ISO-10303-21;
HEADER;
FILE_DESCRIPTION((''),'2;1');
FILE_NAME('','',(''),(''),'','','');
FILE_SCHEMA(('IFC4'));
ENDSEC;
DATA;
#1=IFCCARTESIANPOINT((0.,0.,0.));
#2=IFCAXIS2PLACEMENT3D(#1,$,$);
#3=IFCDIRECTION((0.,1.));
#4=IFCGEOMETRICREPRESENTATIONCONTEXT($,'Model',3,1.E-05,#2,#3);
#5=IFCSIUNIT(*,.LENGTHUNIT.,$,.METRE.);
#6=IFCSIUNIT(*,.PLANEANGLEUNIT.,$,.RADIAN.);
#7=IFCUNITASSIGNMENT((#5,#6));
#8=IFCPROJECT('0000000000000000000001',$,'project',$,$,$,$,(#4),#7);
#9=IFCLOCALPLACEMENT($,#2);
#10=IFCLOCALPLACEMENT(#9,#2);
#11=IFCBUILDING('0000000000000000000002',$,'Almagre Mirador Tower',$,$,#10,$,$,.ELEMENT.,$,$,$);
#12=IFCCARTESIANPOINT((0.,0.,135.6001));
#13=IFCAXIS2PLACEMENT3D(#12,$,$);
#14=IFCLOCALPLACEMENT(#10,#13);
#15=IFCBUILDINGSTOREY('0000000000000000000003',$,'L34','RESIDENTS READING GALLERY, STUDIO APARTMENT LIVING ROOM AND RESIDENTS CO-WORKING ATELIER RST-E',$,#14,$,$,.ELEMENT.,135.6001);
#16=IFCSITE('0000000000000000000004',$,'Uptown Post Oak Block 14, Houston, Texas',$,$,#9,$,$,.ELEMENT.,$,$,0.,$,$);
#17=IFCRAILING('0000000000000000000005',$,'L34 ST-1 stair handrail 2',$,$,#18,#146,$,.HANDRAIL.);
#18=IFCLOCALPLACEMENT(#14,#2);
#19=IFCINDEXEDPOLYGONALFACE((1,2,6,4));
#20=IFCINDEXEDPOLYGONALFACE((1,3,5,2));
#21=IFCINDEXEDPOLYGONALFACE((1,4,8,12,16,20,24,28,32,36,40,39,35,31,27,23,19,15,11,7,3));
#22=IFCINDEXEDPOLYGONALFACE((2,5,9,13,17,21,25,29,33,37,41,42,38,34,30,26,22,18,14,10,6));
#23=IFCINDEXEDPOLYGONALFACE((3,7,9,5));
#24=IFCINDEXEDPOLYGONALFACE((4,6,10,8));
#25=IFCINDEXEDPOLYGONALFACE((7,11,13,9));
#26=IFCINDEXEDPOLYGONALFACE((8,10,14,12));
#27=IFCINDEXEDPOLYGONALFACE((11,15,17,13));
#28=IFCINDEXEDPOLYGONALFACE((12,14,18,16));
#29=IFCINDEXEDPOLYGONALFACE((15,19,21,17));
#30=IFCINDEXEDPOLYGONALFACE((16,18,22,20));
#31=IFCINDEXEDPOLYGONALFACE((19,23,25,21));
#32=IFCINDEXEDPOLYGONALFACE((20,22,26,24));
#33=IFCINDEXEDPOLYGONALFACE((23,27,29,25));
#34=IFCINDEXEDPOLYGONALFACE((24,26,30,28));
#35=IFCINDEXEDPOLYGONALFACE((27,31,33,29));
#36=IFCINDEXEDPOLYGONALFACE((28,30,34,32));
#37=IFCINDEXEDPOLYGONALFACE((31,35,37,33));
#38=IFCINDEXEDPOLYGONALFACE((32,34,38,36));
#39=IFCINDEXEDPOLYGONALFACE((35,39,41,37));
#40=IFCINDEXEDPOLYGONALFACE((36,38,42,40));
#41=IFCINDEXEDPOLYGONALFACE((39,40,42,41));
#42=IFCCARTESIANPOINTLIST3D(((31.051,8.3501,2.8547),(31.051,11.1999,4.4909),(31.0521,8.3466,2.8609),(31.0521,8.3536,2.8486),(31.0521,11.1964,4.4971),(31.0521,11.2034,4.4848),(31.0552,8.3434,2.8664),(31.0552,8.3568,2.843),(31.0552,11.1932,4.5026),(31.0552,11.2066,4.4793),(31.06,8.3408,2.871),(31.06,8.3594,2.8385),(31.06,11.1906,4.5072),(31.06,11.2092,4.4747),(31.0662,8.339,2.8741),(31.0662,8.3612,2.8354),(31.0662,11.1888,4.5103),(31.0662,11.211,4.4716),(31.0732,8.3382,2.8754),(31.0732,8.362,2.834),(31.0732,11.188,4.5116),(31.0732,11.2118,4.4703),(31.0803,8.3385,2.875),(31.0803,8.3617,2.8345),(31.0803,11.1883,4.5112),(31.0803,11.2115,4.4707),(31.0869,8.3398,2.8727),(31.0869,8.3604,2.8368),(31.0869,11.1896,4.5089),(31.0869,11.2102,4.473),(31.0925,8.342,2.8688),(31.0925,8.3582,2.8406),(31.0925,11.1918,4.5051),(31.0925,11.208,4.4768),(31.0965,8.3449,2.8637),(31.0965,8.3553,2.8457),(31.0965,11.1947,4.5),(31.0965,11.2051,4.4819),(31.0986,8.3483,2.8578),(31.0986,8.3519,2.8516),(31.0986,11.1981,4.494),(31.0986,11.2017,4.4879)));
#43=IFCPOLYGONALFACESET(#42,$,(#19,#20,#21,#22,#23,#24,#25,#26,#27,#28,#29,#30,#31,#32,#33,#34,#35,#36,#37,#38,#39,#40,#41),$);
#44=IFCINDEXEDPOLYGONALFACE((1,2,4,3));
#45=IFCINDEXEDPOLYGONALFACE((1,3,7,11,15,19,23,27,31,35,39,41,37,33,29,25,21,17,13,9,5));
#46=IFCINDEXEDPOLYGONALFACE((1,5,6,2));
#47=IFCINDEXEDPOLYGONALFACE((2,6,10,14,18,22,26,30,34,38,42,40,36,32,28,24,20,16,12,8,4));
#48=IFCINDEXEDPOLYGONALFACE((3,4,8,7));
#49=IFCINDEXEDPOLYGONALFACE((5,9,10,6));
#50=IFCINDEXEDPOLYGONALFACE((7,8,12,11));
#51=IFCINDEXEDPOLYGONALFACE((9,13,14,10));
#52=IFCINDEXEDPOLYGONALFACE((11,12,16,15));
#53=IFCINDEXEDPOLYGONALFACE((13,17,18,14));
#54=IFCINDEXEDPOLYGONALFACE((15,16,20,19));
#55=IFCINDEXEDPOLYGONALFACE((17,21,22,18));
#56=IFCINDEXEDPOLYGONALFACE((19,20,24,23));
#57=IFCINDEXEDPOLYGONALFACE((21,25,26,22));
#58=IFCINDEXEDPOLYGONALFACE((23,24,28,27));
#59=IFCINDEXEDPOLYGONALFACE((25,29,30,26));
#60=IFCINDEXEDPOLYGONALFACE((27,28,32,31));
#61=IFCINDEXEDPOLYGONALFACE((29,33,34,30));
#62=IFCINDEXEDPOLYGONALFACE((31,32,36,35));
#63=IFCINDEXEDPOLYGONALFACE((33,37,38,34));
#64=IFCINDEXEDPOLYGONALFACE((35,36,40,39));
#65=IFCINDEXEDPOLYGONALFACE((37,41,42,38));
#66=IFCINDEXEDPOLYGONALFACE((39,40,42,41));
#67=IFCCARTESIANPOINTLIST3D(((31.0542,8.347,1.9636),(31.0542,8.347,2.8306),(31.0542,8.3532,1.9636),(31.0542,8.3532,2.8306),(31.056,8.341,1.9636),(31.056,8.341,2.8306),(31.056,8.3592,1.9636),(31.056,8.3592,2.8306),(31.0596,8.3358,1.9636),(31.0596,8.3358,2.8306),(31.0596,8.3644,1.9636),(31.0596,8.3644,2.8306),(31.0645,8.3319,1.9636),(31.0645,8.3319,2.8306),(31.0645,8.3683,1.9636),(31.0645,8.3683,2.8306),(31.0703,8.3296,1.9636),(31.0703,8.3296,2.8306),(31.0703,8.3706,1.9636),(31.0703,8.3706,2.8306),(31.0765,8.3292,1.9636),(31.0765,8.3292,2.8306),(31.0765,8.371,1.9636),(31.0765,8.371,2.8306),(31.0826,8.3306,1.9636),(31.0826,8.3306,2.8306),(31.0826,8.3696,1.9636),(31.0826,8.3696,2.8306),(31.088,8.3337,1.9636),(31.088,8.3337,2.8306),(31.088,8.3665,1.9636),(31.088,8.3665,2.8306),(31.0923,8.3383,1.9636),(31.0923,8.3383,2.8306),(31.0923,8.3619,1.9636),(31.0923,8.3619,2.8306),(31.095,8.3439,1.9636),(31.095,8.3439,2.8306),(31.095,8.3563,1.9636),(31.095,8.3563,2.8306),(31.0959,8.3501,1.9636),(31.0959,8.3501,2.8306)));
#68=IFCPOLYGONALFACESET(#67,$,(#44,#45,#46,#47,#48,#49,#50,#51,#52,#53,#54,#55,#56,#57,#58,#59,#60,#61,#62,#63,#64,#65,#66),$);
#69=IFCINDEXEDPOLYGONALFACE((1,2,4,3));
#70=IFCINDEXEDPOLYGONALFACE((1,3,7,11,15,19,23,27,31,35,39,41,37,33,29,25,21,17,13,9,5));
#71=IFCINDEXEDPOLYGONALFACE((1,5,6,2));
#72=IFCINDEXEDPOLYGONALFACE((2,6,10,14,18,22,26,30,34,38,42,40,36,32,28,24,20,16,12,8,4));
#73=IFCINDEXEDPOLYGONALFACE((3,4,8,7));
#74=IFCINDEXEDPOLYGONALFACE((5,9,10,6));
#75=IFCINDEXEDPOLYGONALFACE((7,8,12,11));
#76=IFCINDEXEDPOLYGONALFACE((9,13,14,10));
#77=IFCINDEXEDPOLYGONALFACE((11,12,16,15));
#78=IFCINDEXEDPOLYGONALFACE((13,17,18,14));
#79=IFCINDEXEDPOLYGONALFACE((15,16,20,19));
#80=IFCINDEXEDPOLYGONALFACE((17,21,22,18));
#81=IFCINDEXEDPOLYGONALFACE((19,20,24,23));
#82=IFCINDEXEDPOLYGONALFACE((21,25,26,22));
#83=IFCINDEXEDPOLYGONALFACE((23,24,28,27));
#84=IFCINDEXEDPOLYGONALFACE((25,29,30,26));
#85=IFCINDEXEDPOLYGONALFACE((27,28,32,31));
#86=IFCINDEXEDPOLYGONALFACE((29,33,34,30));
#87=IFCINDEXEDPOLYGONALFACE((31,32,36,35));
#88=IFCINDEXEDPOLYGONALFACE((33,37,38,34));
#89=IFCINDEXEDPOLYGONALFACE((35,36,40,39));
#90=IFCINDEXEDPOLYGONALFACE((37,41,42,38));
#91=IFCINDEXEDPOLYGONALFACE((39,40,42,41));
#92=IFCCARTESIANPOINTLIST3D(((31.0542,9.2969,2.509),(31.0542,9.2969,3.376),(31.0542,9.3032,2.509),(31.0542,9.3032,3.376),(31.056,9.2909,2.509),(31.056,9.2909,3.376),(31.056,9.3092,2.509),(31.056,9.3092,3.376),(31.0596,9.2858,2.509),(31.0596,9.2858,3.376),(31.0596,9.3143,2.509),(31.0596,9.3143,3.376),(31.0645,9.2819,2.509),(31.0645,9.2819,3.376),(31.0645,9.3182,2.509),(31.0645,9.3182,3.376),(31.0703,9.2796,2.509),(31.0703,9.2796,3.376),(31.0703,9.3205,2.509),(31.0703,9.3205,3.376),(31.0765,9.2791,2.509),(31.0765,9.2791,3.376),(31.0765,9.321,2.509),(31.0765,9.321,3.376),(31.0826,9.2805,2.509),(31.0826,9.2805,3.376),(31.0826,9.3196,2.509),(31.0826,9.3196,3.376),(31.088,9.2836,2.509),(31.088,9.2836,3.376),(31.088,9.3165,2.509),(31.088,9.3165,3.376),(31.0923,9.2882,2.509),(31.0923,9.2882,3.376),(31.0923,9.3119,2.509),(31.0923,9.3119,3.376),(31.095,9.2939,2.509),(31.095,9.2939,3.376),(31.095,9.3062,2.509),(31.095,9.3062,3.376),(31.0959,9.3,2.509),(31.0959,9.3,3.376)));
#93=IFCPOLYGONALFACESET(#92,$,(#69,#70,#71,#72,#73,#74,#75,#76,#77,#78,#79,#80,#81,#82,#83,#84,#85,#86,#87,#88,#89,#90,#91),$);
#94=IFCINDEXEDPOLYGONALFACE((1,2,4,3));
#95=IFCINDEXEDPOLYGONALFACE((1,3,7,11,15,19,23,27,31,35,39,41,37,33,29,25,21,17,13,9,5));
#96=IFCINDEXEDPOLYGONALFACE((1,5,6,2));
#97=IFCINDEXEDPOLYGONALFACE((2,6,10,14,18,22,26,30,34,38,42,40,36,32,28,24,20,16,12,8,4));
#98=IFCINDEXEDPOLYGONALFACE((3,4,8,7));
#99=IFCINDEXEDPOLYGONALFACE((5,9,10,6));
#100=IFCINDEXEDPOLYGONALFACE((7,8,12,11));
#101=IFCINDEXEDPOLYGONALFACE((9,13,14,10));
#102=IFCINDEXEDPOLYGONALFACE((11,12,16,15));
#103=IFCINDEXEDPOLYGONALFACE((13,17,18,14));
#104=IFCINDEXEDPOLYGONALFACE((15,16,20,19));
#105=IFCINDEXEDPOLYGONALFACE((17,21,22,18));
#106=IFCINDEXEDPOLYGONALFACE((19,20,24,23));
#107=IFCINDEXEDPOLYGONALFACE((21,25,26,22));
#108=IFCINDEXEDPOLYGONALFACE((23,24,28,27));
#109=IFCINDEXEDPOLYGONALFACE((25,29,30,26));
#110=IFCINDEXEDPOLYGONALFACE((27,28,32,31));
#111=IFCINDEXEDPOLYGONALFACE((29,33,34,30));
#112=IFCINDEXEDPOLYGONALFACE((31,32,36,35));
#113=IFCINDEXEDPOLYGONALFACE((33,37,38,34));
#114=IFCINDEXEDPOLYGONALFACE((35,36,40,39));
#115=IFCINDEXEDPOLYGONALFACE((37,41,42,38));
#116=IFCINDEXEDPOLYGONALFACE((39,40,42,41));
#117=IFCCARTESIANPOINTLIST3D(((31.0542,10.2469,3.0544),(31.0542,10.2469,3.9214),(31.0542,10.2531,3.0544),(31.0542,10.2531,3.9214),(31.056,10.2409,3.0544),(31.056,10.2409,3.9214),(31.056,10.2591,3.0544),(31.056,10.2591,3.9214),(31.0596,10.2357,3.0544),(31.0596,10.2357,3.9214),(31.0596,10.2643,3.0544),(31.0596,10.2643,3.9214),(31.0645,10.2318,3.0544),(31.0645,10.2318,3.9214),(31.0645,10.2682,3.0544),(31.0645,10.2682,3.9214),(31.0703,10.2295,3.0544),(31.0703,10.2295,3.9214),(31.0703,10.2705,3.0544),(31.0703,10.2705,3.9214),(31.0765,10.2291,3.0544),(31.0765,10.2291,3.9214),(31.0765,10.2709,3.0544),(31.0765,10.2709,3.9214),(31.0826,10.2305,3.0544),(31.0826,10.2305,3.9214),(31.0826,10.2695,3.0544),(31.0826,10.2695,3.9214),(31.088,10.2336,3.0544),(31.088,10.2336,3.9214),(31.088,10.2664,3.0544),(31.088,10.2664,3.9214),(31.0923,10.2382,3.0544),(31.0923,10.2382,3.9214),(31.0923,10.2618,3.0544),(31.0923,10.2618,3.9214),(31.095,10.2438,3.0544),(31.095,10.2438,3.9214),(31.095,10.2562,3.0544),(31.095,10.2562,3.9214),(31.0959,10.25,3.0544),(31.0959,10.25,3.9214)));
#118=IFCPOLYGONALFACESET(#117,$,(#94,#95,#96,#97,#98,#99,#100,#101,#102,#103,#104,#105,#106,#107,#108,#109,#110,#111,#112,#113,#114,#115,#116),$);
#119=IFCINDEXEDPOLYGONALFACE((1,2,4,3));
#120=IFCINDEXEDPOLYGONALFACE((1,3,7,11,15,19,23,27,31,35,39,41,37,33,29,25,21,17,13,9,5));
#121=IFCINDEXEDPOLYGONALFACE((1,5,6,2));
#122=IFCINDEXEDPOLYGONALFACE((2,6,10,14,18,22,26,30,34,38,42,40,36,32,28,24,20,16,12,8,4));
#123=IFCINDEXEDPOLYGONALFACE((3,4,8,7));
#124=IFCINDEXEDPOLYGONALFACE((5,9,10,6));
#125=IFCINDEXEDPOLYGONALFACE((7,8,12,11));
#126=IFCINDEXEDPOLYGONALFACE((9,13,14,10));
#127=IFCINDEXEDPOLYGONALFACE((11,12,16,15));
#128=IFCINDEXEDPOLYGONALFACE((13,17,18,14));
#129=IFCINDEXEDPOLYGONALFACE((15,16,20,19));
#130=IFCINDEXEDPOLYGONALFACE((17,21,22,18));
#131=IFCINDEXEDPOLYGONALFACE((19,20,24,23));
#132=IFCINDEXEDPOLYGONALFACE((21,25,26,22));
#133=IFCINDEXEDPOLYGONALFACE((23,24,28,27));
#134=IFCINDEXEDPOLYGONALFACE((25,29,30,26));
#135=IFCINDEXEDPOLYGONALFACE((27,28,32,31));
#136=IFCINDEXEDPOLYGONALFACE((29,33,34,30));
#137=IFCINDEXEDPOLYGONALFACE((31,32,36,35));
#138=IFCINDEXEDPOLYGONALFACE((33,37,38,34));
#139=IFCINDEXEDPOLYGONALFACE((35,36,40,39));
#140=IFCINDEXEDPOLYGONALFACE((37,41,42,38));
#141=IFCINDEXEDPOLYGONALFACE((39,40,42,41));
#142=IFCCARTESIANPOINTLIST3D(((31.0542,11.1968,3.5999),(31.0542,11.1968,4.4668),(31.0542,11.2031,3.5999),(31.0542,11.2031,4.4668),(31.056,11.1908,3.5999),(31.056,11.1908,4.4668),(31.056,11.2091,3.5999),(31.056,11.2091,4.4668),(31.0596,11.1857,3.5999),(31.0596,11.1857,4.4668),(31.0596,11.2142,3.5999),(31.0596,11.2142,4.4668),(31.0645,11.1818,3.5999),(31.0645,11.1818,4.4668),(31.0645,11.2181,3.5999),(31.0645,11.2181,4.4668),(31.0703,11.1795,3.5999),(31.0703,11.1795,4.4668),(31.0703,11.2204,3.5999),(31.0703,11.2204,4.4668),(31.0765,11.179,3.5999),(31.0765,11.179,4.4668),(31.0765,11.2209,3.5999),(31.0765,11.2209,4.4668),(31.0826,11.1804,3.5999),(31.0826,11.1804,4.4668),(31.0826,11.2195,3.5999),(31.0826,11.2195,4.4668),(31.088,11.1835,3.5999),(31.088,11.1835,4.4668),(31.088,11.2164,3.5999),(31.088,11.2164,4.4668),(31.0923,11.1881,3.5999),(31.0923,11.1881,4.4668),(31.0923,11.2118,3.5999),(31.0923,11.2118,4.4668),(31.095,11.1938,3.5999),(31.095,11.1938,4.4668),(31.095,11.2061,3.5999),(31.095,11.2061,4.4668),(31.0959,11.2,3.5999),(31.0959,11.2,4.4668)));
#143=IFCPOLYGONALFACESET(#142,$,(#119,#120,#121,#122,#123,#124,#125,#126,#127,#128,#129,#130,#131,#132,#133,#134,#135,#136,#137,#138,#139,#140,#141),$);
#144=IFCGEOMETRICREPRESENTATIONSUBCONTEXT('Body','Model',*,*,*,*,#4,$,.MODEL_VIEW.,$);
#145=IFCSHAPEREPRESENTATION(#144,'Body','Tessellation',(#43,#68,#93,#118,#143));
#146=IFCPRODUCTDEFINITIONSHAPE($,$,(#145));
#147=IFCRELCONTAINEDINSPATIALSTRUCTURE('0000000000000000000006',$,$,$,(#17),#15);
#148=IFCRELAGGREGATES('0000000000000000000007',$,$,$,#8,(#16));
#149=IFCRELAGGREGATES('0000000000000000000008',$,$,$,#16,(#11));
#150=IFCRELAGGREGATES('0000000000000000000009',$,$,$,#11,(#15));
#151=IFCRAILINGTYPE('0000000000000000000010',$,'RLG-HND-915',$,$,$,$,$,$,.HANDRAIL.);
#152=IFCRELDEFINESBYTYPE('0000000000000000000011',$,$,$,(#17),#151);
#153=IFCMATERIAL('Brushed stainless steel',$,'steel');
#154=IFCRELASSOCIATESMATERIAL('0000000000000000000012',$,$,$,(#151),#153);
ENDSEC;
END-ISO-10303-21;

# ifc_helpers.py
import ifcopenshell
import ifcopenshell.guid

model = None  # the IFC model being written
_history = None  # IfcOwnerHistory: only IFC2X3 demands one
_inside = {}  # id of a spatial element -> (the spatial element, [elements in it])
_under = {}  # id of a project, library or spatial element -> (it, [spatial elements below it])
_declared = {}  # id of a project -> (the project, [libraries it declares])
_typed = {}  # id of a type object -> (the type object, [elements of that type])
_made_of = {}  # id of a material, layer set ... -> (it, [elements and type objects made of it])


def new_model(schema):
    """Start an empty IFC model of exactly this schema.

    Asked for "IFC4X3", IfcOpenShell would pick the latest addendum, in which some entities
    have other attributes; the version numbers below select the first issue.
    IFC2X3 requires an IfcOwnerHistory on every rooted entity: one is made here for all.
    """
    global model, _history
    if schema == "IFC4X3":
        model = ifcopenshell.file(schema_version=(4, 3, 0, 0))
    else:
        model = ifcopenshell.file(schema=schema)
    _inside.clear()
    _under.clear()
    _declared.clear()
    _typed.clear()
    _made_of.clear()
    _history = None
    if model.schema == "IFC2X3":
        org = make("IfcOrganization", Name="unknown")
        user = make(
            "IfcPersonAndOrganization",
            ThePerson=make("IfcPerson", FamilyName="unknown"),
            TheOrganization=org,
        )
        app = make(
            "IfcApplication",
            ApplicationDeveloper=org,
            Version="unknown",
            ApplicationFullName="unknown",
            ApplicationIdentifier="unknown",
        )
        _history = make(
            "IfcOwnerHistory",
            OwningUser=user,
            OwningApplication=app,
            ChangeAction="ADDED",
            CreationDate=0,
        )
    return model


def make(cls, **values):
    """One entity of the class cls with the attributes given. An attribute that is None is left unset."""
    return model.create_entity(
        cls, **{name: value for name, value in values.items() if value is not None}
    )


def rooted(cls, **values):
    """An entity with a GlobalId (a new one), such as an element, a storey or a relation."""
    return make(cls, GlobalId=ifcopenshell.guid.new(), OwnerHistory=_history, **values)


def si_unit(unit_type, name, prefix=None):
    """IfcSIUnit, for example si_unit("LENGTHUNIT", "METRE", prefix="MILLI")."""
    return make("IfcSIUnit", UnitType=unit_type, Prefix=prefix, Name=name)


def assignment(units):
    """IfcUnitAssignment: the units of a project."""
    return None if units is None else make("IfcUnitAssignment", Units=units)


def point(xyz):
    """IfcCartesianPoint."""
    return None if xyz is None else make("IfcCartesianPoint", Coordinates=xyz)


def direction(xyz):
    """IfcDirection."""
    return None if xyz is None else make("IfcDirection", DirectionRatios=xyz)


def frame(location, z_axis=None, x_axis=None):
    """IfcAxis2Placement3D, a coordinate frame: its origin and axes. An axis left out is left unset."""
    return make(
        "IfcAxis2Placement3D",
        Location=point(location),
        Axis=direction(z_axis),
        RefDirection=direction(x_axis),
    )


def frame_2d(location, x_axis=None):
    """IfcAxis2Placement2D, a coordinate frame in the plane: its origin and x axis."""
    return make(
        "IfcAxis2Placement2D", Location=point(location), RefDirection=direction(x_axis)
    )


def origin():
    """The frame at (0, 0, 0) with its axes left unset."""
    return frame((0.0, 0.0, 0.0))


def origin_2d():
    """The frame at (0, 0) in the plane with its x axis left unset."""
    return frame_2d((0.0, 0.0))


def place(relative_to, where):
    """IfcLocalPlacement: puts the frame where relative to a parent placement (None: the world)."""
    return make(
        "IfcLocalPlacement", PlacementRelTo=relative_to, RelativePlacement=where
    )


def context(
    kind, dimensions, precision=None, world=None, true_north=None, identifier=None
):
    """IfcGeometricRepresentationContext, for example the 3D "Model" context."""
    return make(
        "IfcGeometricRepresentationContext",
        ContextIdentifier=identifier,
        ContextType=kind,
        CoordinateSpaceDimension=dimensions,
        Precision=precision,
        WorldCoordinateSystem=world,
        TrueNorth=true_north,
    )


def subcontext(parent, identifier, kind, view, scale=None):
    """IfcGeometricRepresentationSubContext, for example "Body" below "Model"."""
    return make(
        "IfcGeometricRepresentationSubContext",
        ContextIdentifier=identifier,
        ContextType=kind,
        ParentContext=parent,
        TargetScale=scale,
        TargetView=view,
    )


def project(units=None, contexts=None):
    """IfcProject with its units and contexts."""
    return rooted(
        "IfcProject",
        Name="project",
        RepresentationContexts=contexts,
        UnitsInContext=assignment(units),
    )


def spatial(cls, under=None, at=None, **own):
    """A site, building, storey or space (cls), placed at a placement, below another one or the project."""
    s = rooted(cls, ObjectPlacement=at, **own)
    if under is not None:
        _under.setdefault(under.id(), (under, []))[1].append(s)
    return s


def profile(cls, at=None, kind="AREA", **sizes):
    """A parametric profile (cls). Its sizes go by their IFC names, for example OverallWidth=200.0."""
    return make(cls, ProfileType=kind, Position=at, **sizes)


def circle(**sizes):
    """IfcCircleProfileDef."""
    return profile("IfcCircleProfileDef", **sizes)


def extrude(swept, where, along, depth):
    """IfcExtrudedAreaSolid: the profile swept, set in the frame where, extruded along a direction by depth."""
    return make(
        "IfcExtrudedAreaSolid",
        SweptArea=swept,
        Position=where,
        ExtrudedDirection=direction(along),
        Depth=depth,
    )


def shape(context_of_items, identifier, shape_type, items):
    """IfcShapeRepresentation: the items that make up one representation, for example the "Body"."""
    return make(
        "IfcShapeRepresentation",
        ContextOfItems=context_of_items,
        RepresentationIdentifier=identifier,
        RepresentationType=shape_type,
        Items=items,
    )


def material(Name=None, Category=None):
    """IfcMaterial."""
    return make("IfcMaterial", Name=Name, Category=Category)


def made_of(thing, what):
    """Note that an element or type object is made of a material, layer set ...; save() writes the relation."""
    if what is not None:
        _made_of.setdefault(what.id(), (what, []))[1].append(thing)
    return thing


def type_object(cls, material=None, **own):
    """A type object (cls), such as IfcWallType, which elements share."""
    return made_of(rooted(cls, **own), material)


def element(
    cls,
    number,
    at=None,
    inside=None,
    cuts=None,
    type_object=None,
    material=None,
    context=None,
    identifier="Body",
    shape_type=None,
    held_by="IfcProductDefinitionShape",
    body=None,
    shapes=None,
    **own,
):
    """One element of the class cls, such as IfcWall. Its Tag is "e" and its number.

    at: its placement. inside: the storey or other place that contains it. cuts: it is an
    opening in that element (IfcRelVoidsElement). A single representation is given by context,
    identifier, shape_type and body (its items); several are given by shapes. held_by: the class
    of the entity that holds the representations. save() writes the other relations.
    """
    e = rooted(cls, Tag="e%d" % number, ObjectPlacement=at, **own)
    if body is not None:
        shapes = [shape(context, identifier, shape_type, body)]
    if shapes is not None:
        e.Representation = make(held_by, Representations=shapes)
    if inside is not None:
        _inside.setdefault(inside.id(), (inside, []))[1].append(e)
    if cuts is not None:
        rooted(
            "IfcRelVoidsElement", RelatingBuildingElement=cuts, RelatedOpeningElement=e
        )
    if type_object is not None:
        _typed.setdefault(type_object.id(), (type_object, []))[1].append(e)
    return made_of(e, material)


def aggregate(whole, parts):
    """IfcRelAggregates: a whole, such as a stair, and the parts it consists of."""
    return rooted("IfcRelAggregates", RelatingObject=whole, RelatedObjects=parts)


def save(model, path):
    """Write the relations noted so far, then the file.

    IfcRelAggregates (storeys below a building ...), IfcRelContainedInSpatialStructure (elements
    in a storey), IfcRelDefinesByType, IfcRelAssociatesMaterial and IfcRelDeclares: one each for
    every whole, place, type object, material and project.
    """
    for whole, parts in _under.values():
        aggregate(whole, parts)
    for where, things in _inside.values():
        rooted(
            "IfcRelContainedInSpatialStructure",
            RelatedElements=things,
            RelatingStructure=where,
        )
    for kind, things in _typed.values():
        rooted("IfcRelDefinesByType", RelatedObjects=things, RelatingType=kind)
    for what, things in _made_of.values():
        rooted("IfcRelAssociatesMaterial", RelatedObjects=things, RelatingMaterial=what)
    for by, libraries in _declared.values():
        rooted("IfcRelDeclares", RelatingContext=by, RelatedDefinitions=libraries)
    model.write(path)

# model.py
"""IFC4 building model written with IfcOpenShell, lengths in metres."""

from ifc_helpers import new_model, si_unit, direction, frame, origin, origin_2d, place, context, subcontext, project, spatial, circle, extrude, material, type_object, element, save


model = new_model("IFC4")

# Units and contexts
model_context = context("Model", 3, precision=1e-05, world=origin(), true_north=direction((0.0, 1.0)))
body_context = subcontext(model_context, "Body", "Model", "MODEL_VIEW")
ifc_project = project(units=[si_unit("LENGTHUNIT", "METRE"), si_unit("PLANEANGLEUNIT", "RADIAN")], contexts=[model_context])

# Site, building, storey
site_placement = place(None, origin())
site = spatial("IfcSite", under=ifc_project, at=site_placement, Name="Uptown Post Oak Block 14, Houston, Texas", CompositionType="ELEMENT", RefElevation=0.0)
building_placement = place(site_placement, origin())
building = spatial("IfcBuilding", under=site, at=building_placement, Name="Almagre Mirador Tower", CompositionType="ELEMENT")
storey_placement = place(building_placement, frame((0.0, 0.0, 135.6001)))
storey = spatial("IfcBuildingStorey", under=building, at=storey_placement, Name="L34", Description="RESIDENTS READING GALLERY, STUDIO APARTMENT LIVING ROOM AND RESIDENTS CO-WORKING ATELIER RST-E", CompositionType="ELEMENT", Elevation=135.6001)

# Railing
ifc_material_1 = material(Name="Brushed stainless steel", Category="steel")
railing_type_1 = type_object("IfcRailingType", Name="RLG-HND-915", PredefinedType="HANDRAIL", material=ifc_material_1)
railing_1_placement = place(storey_placement, frame((31.075, 8.3501, 1.9636)))
element("IfcRailing", 1, at=railing_1_placement, inside=storey, type_object=railing_type_1, Name="L34 ST-1 stair handrail 2", PredefinedType="HANDRAIL", context=body_context, shape_type="SweptSolid", body=[
    extrude(circle(Radius=0.0239, at=origin_2d()), frame((0.0, 0.0, 0.8911), z_axis=(0.0, 0.867226, 0.497914), x_axis=(-1.0, 0.0, 0.0)), (0.0, 0.0, 1.0), 3.2861),
    extrude(circle(Radius=0.021, at=origin_2d()), origin(), (0.0, 0.0, 1.0), 0.8669),
    extrude(circle(Radius=0.021, at=origin_2d()), frame((0.0, 0.95, 0.5454)), (0.0, 0.0, 1.0), 0.8669),
    extrude(circle(Radius=0.021, at=origin_2d()), frame((0.0, 1.8999, 1.0908)), (0.0, 0.0, 1.0), 0.8669),
    extrude(circle(Radius=0.021, at=origin_2d()), frame((0.0, 2.8499, 1.6362)), (0.0, 0.0, 1.0), 0.8669),
])

save(model, "model.ifc")
